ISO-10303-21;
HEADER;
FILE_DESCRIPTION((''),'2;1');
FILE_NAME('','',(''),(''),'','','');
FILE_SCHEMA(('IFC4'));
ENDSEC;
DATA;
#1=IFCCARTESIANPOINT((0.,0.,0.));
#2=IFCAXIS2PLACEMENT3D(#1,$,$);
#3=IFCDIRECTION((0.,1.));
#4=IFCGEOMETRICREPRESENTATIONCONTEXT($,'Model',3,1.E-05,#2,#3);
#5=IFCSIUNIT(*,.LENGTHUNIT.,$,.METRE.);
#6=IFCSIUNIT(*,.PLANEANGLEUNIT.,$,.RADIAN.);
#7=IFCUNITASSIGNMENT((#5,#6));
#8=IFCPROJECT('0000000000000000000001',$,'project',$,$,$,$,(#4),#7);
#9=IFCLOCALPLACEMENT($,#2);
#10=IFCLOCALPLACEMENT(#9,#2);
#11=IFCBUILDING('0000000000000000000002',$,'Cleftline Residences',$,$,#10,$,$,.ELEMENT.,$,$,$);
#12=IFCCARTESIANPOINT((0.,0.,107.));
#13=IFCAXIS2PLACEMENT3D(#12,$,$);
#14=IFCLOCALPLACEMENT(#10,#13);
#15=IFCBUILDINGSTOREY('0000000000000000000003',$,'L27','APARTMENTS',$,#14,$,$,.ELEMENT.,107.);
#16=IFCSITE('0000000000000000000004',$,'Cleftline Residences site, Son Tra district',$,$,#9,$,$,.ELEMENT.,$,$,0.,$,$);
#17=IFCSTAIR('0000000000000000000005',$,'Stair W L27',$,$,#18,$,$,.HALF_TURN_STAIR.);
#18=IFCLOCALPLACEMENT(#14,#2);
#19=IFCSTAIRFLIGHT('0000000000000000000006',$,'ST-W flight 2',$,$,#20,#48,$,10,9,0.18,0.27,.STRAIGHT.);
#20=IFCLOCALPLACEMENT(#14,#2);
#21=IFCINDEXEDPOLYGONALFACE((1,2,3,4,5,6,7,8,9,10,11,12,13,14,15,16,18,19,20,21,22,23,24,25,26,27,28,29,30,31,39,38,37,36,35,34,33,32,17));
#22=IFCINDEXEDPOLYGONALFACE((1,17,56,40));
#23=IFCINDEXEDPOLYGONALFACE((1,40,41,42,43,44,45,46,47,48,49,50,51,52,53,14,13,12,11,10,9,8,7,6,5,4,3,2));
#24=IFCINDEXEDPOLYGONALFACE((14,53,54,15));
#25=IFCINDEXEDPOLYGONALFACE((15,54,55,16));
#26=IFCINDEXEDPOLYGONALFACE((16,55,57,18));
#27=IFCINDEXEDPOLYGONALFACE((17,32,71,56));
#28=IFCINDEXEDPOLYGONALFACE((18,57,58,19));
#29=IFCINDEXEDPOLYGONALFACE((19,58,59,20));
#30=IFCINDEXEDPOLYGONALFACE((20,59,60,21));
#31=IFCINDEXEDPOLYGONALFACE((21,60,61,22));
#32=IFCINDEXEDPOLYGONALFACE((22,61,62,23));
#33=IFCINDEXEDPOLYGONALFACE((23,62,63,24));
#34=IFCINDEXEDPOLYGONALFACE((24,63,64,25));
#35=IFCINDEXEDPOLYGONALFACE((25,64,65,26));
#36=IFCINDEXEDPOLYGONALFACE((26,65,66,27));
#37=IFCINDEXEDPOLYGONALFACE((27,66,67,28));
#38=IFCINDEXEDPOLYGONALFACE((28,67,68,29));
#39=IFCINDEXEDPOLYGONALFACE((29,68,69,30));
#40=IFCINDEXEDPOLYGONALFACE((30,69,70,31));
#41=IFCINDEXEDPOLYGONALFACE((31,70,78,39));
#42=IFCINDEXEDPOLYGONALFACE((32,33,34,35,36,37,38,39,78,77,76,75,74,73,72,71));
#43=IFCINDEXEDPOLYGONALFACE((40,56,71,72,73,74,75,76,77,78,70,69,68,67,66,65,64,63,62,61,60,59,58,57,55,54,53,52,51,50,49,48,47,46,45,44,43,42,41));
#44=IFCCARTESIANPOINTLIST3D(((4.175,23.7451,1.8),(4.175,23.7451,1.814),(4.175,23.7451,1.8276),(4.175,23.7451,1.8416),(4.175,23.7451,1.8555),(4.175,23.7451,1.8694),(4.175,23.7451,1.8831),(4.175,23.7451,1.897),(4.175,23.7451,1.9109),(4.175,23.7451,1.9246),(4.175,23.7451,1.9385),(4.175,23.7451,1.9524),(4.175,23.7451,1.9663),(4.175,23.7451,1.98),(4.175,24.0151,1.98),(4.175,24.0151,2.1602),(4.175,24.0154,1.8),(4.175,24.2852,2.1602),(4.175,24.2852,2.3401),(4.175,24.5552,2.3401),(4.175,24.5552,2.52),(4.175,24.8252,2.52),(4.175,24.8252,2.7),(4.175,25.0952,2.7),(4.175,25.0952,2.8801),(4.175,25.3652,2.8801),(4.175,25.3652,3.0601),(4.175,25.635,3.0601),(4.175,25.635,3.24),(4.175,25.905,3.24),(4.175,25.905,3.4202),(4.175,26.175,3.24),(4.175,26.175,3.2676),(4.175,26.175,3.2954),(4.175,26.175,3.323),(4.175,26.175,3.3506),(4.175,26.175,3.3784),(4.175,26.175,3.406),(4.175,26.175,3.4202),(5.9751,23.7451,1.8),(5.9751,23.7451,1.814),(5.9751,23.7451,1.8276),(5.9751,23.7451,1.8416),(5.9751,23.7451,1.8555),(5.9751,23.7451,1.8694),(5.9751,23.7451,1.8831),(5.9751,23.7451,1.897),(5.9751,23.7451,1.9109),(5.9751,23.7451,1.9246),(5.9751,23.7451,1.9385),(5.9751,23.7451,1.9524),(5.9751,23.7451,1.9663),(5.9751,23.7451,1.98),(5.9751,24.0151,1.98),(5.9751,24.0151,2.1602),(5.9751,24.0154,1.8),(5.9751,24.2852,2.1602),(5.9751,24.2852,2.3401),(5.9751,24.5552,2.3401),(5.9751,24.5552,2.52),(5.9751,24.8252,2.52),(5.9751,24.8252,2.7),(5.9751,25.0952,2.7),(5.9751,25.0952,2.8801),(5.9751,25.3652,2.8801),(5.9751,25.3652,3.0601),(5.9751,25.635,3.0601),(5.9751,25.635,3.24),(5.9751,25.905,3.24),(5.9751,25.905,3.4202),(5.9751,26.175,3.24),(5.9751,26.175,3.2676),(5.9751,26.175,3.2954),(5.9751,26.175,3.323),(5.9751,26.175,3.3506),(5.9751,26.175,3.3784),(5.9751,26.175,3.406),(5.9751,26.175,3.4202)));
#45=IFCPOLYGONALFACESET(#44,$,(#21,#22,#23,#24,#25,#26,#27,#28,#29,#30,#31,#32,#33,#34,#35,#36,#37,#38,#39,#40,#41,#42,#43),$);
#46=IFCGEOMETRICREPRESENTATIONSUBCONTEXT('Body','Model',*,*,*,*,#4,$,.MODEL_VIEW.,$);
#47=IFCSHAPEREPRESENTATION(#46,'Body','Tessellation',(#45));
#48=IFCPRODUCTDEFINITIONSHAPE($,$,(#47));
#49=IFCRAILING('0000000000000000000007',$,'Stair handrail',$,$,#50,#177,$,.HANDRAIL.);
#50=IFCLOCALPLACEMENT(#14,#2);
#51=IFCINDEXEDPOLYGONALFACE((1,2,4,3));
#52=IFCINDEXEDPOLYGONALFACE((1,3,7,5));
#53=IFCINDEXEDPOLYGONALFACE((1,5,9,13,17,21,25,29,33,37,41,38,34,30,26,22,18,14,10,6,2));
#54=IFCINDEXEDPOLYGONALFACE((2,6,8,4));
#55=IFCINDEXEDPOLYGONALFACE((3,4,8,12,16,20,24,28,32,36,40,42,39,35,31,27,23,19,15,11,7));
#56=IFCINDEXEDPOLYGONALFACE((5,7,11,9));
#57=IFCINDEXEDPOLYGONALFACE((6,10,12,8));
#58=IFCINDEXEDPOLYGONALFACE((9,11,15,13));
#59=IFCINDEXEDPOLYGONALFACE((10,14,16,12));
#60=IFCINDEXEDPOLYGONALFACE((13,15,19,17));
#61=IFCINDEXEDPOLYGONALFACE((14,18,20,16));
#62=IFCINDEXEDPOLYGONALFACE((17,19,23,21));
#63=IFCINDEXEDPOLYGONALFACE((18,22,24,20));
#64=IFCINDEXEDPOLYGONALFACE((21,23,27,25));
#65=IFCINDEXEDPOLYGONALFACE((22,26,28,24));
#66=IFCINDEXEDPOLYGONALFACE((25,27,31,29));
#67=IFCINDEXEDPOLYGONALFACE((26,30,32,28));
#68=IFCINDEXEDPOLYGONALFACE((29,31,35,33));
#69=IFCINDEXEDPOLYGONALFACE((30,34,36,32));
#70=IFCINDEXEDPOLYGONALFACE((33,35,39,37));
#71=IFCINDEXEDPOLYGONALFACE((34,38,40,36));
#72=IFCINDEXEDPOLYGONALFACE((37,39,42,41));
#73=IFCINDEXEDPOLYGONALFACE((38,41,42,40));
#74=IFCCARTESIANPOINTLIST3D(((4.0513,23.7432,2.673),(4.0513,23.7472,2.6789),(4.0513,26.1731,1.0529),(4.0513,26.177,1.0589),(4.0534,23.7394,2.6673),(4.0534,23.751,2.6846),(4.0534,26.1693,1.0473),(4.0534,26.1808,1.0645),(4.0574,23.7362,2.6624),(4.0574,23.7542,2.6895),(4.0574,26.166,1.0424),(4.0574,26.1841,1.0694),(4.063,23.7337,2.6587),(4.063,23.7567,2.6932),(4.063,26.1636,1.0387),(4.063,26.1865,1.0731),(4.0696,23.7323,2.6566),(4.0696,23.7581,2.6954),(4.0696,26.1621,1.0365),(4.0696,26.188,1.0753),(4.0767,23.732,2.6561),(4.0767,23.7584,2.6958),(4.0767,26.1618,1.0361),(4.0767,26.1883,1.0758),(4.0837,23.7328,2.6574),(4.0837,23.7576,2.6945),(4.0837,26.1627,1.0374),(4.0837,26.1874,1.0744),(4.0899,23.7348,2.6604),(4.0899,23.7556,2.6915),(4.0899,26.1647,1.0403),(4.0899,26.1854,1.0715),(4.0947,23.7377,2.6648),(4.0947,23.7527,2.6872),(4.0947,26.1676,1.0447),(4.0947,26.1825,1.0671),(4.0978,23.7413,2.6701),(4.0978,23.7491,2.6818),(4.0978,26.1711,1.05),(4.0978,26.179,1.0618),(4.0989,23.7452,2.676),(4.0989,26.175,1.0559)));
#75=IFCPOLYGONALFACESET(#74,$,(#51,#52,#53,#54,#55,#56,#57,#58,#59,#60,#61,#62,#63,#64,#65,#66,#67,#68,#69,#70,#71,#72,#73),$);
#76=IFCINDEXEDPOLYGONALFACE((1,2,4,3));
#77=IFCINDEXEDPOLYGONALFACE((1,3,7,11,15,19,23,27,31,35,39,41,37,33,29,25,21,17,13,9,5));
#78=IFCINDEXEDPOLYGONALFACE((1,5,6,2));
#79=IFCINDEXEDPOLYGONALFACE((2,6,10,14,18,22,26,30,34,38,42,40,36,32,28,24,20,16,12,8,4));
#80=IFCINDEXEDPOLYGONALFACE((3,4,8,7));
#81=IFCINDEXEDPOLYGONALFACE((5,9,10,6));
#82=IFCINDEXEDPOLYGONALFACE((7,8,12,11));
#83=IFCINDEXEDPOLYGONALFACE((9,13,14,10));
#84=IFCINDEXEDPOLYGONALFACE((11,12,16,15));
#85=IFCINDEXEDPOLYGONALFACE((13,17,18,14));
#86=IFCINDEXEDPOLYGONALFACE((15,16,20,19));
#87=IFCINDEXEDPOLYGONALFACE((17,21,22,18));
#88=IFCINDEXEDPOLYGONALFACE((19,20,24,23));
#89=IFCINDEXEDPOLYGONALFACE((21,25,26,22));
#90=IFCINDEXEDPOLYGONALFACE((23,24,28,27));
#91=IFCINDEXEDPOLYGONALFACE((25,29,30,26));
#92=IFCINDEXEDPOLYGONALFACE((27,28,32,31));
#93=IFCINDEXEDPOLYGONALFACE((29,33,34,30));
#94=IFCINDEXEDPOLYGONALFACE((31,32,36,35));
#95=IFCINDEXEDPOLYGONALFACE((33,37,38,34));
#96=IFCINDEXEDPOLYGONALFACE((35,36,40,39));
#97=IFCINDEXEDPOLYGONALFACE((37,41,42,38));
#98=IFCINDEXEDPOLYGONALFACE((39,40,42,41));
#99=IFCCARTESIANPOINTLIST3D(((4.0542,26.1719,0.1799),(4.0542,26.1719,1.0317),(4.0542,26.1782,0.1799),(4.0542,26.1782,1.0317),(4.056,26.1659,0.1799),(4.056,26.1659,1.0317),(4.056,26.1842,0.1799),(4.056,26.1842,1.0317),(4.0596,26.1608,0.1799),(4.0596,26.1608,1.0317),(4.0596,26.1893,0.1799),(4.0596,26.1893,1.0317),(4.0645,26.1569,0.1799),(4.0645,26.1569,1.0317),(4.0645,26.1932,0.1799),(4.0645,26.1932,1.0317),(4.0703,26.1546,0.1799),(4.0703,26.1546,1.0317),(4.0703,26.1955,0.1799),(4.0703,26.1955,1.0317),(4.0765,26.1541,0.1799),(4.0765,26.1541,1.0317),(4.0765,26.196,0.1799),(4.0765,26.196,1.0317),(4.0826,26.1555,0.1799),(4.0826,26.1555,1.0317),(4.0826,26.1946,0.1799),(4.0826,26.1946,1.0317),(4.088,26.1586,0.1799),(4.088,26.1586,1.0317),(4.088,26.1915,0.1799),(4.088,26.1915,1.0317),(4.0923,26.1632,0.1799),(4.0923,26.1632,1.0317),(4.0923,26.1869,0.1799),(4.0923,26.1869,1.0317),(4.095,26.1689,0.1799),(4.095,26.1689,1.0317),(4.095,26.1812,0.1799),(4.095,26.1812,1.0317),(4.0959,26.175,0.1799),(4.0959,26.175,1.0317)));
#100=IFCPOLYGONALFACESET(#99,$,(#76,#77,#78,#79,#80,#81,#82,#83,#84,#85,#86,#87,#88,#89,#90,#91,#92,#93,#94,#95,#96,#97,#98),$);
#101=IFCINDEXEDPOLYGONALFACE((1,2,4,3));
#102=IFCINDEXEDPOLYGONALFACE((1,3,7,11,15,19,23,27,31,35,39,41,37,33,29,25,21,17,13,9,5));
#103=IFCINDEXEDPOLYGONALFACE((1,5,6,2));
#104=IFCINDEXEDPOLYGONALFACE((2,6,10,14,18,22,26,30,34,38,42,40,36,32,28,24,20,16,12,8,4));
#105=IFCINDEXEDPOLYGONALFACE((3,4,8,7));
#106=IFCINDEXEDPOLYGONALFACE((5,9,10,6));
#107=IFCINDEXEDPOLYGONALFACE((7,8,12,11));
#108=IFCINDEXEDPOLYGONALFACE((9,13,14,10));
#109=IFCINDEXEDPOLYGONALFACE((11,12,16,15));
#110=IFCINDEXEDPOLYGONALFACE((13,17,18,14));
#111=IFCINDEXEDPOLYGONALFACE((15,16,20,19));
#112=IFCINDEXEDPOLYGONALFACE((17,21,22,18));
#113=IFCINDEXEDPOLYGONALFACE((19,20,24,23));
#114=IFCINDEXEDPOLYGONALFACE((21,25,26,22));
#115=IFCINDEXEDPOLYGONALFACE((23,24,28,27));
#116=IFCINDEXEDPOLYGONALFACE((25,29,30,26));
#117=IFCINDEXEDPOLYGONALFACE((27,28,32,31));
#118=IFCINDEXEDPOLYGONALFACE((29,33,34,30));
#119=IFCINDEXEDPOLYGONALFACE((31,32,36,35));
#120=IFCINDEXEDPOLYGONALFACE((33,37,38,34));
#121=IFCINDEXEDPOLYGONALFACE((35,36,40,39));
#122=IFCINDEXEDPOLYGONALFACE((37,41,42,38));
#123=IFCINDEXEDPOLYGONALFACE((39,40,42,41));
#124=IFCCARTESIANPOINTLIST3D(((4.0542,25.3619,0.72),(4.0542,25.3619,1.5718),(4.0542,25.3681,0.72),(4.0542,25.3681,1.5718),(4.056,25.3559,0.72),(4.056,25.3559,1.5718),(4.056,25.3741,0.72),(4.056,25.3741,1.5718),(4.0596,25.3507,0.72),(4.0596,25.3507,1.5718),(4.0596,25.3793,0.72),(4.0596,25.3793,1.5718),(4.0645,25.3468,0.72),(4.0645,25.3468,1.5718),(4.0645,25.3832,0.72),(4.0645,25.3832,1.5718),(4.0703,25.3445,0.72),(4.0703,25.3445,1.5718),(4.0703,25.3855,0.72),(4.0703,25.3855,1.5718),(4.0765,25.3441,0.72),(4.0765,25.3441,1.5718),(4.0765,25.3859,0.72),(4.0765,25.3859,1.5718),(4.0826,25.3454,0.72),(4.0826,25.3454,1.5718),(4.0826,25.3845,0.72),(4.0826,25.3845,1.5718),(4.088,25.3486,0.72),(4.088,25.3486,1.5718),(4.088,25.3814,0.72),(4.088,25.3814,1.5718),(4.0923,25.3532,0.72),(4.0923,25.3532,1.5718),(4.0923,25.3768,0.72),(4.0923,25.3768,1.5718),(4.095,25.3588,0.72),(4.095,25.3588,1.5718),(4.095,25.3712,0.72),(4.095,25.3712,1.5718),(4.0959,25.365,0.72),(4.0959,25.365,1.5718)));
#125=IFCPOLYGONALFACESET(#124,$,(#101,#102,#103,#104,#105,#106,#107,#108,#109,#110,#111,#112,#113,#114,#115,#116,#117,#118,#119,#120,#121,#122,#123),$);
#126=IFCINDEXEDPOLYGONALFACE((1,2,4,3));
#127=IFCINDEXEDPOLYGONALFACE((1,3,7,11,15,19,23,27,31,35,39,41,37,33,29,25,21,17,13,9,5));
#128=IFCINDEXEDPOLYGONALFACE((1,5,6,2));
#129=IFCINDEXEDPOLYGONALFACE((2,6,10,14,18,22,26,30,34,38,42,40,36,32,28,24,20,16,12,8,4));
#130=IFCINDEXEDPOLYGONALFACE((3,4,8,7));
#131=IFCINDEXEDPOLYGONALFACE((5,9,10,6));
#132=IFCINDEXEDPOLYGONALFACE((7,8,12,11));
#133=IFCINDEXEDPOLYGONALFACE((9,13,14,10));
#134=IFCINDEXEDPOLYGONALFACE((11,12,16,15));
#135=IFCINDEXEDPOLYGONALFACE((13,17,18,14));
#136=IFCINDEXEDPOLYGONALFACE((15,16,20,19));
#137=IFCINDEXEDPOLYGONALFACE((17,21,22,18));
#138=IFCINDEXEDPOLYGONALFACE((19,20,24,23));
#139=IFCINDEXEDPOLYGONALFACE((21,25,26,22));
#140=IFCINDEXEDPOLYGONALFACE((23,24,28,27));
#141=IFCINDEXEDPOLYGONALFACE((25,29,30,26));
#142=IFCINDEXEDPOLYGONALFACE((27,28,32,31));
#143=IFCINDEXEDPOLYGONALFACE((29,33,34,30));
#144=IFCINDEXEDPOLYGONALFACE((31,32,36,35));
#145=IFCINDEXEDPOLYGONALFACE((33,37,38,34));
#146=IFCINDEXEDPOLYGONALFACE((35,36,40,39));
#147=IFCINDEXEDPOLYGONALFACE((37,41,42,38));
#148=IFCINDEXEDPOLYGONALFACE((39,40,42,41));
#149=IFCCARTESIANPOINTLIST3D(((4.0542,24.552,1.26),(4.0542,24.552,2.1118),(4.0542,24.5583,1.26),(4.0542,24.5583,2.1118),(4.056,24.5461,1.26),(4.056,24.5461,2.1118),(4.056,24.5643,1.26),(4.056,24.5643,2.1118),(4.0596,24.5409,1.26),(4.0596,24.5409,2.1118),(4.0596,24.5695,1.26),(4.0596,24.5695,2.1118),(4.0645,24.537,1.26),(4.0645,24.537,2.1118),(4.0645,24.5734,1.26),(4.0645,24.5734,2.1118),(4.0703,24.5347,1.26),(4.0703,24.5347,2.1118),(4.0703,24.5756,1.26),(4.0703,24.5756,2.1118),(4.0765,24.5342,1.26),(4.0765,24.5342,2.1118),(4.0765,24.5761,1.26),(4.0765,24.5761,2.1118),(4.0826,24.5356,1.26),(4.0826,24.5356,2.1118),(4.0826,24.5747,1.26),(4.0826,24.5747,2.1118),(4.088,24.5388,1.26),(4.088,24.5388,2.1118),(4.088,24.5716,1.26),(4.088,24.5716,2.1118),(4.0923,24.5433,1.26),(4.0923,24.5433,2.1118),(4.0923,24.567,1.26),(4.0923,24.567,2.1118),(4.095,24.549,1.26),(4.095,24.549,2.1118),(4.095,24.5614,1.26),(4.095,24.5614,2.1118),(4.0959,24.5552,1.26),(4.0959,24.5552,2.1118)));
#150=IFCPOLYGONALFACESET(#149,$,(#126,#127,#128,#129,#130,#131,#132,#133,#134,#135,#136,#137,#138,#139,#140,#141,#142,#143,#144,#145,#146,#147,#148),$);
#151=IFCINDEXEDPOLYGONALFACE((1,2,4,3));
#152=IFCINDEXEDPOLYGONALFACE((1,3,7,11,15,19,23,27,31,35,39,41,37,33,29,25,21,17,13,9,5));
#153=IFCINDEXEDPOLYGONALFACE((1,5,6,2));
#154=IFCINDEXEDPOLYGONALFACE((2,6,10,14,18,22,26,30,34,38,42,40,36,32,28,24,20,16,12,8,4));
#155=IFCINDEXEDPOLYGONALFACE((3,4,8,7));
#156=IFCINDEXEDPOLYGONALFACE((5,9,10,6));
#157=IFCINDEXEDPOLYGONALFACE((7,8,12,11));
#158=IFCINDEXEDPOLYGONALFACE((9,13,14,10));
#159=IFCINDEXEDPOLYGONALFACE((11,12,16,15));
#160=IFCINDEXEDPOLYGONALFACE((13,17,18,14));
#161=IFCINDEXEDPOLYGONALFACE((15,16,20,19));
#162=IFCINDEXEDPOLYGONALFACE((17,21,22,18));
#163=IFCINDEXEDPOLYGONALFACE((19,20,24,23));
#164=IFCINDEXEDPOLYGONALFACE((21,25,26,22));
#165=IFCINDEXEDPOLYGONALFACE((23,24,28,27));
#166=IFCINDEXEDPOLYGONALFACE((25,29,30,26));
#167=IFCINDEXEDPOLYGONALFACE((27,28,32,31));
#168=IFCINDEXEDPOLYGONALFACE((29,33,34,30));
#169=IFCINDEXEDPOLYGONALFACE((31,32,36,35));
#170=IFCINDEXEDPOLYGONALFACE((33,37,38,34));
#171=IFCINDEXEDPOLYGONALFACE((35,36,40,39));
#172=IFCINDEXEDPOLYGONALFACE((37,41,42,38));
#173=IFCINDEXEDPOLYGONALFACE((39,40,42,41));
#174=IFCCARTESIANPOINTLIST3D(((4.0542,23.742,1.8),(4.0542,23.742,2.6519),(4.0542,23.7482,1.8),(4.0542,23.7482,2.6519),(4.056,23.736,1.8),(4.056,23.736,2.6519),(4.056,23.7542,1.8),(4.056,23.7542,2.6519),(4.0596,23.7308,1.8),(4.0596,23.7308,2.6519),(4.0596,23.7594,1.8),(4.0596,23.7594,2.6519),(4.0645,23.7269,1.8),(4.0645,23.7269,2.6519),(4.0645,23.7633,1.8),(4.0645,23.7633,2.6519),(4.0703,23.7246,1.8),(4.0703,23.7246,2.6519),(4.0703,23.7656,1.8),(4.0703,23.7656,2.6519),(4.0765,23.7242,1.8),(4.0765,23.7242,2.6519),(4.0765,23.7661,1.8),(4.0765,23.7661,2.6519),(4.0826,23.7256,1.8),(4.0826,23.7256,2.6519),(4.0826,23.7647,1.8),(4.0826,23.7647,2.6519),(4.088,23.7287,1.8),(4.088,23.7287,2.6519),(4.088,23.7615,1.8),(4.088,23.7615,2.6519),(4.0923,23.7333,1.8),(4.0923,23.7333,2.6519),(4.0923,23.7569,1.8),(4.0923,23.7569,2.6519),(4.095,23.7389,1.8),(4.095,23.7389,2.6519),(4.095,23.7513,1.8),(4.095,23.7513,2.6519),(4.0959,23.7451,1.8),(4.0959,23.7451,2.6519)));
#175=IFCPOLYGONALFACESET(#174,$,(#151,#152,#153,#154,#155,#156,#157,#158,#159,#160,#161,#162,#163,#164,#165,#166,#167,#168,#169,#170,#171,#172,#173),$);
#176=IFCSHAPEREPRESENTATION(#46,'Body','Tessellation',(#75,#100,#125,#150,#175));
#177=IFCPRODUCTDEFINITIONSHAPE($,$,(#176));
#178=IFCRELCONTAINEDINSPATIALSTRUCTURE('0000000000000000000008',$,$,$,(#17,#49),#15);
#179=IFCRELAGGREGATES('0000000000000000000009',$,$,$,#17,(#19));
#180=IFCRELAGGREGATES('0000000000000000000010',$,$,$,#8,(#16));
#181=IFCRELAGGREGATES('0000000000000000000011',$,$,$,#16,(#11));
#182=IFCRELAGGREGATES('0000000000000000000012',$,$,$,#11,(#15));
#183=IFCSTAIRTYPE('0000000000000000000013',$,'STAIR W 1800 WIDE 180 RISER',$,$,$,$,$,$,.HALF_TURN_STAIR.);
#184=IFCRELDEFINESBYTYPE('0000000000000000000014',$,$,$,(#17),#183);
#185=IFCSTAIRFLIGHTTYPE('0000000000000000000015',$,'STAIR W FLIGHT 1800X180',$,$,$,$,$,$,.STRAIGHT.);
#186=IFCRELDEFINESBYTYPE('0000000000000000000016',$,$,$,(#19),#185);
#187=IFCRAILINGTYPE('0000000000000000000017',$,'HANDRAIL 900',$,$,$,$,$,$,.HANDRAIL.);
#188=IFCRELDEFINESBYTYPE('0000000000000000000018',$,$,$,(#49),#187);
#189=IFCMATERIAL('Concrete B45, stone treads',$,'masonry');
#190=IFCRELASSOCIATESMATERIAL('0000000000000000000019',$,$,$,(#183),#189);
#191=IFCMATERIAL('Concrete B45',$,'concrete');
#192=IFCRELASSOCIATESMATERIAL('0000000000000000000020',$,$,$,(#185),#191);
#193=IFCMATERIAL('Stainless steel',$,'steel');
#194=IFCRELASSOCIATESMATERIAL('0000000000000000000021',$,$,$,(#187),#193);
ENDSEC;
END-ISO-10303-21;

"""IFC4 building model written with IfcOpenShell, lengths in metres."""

from ifc_helpers import new_model, si_unit, direction, frame, origin, origin_2d, place, context, subcontext, project, spatial, polyline, circle, outline, extrude, material, type_object, element, aggregate, save


model = new_model("IFC4")

# Units and contexts
model_context = context("Model", 3, precision=1e-05, world=origin(), true_north=direction((0.0, 1.0)))
body_context = subcontext(model_context, "Body", "Model", "MODEL_VIEW")
ifc_project = project(units=[si_unit("LENGTHUNIT", "METRE"), si_unit("PLANEANGLEUNIT", "RADIAN")], contexts=[model_context])

# Site, building, storey
site_placement = place(None, origin())
site = spatial("IfcSite", under=ifc_project, at=site_placement, Name="Cleftline Residences site, Son Tra district", CompositionType="ELEMENT", RefElevation=0.0)
building_placement = place(site_placement, origin())
building = spatial("IfcBuilding", under=site, at=building_placement, Name="Cleftline Residences", CompositionType="ELEMENT")
storey_placement = place(building_placement, frame((0.0, 0.0, 107.0)))
storey = spatial("IfcBuildingStorey", under=building, at=storey_placement, Name="L27", Description="APARTMENTS", CompositionType="ELEMENT", Elevation=107.0)

# Stair, stair flight
ifc_material_1 = material(Name="Concrete B45, stone treads", Category="masonry")
stair_type = type_object("IfcStairType", Name="STAIR W 1800 WIDE 180 RISER", PredefinedType="HALF_TURN_STAIR", material=ifc_material_1)
stair_placement = place(storey_placement, origin())
stair = element("IfcStair", 1, at=stair_placement, inside=storey, type_object=stair_type, Name="Stair W L27", PredefinedType="HALF_TURN_STAIR")
ifc_material_2 = material(Name="Concrete B45", Category="concrete")
stair_flight_type = type_object("IfcStairFlightType", Name="STAIR W FLIGHT 1800X180", PredefinedType="STRAIGHT", material=ifc_material_2)
stair_flight_1_placement = place(storey_placement, frame((5.075, 23.7451, 1.8), z_axis=(0.0, 0.0, 1.0), x_axis=(0.0, 1.0, 0.0)))
stair_flight_1 = element("IfcStairFlight", 2, at=stair_flight_1_placement, type_object=stair_flight_type, Name="ST-W flight 2", NumberOfRisers=10, NumberOfTreads=9, PredefinedType="STRAIGHT", RiserHeight=0.18, TreadLength=0.27, context=body_context, shape_type="SweptSolid", body=[
    extrude(outline(polyline([(0.0, 0.0), (0.0, 0.0139), (0.0, 0.0276), (0.0, 0.0415), (0.0, 0.0554), (0.0, 0.0693), (0.0, 0.083), (0.0, 0.0969), (0.0, 0.1108), (0.0, 0.1245), (0.0, 0.1384), (0.0, 0.1523), (0.0, 0.1663), (0.0, 0.1799), (0.27, 0.1799), (0.27, 0.3601), (0.54, 0.3601), (0.54, 0.54), (0.8101, 0.54), (0.8101, 0.72), (1.0801, 0.72), (1.0801, 0.8999), (1.3501, 0.8999), (1.3501, 1.0801), (1.6201, 1.0801), (1.6201, 1.26), (1.8899, 1.26), (1.8899, 1.4399), (2.1599, 1.4399), (2.1599, 1.6201), (2.4299, 1.6201), (2.4299, 1.8), (2.4299, 1.7722), (2.4299, 1.7446), (2.4299, 1.7168), (2.4299, 1.6892), (2.4299, 1.6614), (2.4299, 1.6338), (2.4299, 1.606), (2.4299, 1.5784), (2.4299, 1.5505), (2.4299, 1.5229), (2.4299, 1.4954), (2.4299, 1.4675), (2.4299, 1.4399), (0.2703, 0.0), (0.0, 0.0)])), frame((0.0, 0.8999, 0.0), z_axis=(0.0, -1.0, 0.0), x_axis=(1.0, 0.0, 0.0)), (0.0, 0.0, 1.0), 1.8),
])
aggregate(stair, [stair_flight_1])

# Railing
ifc_material_3 = material(Name="Stainless steel", Category="steel")
railing_type = type_object("IfcRailingType", Name="HANDRAIL 900", PredefinedType="HANDRAIL", material=ifc_material_3)
railing_1_placement = place(storey_placement, frame((4.075, 26.175, 0.1799)))
element("IfcRailing", 3, at=railing_1_placement, inside=storey, type_object=railing_type, Name="Stair handrail", PredefinedType="HANDRAIL", context=body_context, shape_type="SweptSolid", body=[
    extrude(circle(Radius=0.0239, at=origin_2d()), frame((0.0, 0.0, 0.876), z_axis=(0.0, -0.832025, 0.554739), x_axis=(1.0, 0.0, 0.0)), (0.0, 0.0, 1.0), 2.9204),
    extrude(circle(Radius=0.021, at=origin_2d()), origin(), (0.0, 0.0, 1.0), 0.8518),
    extrude(circle(Radius=0.021, at=origin_2d()), frame((0.0, -0.8101, 0.54)), (0.0, 0.0, 1.0), 0.8518),
    extrude(circle(Radius=0.021, at=origin_2d()), frame((0.0, -1.6199, 1.0801)), (0.0, 0.0, 1.0), 0.8518),
    extrude(circle(Radius=0.021, at=origin_2d()), frame((0.0, -2.4299, 1.6201)), (0.0, 0.0, 1.0), 0.8518),
])

save(model, "model.ifc")
